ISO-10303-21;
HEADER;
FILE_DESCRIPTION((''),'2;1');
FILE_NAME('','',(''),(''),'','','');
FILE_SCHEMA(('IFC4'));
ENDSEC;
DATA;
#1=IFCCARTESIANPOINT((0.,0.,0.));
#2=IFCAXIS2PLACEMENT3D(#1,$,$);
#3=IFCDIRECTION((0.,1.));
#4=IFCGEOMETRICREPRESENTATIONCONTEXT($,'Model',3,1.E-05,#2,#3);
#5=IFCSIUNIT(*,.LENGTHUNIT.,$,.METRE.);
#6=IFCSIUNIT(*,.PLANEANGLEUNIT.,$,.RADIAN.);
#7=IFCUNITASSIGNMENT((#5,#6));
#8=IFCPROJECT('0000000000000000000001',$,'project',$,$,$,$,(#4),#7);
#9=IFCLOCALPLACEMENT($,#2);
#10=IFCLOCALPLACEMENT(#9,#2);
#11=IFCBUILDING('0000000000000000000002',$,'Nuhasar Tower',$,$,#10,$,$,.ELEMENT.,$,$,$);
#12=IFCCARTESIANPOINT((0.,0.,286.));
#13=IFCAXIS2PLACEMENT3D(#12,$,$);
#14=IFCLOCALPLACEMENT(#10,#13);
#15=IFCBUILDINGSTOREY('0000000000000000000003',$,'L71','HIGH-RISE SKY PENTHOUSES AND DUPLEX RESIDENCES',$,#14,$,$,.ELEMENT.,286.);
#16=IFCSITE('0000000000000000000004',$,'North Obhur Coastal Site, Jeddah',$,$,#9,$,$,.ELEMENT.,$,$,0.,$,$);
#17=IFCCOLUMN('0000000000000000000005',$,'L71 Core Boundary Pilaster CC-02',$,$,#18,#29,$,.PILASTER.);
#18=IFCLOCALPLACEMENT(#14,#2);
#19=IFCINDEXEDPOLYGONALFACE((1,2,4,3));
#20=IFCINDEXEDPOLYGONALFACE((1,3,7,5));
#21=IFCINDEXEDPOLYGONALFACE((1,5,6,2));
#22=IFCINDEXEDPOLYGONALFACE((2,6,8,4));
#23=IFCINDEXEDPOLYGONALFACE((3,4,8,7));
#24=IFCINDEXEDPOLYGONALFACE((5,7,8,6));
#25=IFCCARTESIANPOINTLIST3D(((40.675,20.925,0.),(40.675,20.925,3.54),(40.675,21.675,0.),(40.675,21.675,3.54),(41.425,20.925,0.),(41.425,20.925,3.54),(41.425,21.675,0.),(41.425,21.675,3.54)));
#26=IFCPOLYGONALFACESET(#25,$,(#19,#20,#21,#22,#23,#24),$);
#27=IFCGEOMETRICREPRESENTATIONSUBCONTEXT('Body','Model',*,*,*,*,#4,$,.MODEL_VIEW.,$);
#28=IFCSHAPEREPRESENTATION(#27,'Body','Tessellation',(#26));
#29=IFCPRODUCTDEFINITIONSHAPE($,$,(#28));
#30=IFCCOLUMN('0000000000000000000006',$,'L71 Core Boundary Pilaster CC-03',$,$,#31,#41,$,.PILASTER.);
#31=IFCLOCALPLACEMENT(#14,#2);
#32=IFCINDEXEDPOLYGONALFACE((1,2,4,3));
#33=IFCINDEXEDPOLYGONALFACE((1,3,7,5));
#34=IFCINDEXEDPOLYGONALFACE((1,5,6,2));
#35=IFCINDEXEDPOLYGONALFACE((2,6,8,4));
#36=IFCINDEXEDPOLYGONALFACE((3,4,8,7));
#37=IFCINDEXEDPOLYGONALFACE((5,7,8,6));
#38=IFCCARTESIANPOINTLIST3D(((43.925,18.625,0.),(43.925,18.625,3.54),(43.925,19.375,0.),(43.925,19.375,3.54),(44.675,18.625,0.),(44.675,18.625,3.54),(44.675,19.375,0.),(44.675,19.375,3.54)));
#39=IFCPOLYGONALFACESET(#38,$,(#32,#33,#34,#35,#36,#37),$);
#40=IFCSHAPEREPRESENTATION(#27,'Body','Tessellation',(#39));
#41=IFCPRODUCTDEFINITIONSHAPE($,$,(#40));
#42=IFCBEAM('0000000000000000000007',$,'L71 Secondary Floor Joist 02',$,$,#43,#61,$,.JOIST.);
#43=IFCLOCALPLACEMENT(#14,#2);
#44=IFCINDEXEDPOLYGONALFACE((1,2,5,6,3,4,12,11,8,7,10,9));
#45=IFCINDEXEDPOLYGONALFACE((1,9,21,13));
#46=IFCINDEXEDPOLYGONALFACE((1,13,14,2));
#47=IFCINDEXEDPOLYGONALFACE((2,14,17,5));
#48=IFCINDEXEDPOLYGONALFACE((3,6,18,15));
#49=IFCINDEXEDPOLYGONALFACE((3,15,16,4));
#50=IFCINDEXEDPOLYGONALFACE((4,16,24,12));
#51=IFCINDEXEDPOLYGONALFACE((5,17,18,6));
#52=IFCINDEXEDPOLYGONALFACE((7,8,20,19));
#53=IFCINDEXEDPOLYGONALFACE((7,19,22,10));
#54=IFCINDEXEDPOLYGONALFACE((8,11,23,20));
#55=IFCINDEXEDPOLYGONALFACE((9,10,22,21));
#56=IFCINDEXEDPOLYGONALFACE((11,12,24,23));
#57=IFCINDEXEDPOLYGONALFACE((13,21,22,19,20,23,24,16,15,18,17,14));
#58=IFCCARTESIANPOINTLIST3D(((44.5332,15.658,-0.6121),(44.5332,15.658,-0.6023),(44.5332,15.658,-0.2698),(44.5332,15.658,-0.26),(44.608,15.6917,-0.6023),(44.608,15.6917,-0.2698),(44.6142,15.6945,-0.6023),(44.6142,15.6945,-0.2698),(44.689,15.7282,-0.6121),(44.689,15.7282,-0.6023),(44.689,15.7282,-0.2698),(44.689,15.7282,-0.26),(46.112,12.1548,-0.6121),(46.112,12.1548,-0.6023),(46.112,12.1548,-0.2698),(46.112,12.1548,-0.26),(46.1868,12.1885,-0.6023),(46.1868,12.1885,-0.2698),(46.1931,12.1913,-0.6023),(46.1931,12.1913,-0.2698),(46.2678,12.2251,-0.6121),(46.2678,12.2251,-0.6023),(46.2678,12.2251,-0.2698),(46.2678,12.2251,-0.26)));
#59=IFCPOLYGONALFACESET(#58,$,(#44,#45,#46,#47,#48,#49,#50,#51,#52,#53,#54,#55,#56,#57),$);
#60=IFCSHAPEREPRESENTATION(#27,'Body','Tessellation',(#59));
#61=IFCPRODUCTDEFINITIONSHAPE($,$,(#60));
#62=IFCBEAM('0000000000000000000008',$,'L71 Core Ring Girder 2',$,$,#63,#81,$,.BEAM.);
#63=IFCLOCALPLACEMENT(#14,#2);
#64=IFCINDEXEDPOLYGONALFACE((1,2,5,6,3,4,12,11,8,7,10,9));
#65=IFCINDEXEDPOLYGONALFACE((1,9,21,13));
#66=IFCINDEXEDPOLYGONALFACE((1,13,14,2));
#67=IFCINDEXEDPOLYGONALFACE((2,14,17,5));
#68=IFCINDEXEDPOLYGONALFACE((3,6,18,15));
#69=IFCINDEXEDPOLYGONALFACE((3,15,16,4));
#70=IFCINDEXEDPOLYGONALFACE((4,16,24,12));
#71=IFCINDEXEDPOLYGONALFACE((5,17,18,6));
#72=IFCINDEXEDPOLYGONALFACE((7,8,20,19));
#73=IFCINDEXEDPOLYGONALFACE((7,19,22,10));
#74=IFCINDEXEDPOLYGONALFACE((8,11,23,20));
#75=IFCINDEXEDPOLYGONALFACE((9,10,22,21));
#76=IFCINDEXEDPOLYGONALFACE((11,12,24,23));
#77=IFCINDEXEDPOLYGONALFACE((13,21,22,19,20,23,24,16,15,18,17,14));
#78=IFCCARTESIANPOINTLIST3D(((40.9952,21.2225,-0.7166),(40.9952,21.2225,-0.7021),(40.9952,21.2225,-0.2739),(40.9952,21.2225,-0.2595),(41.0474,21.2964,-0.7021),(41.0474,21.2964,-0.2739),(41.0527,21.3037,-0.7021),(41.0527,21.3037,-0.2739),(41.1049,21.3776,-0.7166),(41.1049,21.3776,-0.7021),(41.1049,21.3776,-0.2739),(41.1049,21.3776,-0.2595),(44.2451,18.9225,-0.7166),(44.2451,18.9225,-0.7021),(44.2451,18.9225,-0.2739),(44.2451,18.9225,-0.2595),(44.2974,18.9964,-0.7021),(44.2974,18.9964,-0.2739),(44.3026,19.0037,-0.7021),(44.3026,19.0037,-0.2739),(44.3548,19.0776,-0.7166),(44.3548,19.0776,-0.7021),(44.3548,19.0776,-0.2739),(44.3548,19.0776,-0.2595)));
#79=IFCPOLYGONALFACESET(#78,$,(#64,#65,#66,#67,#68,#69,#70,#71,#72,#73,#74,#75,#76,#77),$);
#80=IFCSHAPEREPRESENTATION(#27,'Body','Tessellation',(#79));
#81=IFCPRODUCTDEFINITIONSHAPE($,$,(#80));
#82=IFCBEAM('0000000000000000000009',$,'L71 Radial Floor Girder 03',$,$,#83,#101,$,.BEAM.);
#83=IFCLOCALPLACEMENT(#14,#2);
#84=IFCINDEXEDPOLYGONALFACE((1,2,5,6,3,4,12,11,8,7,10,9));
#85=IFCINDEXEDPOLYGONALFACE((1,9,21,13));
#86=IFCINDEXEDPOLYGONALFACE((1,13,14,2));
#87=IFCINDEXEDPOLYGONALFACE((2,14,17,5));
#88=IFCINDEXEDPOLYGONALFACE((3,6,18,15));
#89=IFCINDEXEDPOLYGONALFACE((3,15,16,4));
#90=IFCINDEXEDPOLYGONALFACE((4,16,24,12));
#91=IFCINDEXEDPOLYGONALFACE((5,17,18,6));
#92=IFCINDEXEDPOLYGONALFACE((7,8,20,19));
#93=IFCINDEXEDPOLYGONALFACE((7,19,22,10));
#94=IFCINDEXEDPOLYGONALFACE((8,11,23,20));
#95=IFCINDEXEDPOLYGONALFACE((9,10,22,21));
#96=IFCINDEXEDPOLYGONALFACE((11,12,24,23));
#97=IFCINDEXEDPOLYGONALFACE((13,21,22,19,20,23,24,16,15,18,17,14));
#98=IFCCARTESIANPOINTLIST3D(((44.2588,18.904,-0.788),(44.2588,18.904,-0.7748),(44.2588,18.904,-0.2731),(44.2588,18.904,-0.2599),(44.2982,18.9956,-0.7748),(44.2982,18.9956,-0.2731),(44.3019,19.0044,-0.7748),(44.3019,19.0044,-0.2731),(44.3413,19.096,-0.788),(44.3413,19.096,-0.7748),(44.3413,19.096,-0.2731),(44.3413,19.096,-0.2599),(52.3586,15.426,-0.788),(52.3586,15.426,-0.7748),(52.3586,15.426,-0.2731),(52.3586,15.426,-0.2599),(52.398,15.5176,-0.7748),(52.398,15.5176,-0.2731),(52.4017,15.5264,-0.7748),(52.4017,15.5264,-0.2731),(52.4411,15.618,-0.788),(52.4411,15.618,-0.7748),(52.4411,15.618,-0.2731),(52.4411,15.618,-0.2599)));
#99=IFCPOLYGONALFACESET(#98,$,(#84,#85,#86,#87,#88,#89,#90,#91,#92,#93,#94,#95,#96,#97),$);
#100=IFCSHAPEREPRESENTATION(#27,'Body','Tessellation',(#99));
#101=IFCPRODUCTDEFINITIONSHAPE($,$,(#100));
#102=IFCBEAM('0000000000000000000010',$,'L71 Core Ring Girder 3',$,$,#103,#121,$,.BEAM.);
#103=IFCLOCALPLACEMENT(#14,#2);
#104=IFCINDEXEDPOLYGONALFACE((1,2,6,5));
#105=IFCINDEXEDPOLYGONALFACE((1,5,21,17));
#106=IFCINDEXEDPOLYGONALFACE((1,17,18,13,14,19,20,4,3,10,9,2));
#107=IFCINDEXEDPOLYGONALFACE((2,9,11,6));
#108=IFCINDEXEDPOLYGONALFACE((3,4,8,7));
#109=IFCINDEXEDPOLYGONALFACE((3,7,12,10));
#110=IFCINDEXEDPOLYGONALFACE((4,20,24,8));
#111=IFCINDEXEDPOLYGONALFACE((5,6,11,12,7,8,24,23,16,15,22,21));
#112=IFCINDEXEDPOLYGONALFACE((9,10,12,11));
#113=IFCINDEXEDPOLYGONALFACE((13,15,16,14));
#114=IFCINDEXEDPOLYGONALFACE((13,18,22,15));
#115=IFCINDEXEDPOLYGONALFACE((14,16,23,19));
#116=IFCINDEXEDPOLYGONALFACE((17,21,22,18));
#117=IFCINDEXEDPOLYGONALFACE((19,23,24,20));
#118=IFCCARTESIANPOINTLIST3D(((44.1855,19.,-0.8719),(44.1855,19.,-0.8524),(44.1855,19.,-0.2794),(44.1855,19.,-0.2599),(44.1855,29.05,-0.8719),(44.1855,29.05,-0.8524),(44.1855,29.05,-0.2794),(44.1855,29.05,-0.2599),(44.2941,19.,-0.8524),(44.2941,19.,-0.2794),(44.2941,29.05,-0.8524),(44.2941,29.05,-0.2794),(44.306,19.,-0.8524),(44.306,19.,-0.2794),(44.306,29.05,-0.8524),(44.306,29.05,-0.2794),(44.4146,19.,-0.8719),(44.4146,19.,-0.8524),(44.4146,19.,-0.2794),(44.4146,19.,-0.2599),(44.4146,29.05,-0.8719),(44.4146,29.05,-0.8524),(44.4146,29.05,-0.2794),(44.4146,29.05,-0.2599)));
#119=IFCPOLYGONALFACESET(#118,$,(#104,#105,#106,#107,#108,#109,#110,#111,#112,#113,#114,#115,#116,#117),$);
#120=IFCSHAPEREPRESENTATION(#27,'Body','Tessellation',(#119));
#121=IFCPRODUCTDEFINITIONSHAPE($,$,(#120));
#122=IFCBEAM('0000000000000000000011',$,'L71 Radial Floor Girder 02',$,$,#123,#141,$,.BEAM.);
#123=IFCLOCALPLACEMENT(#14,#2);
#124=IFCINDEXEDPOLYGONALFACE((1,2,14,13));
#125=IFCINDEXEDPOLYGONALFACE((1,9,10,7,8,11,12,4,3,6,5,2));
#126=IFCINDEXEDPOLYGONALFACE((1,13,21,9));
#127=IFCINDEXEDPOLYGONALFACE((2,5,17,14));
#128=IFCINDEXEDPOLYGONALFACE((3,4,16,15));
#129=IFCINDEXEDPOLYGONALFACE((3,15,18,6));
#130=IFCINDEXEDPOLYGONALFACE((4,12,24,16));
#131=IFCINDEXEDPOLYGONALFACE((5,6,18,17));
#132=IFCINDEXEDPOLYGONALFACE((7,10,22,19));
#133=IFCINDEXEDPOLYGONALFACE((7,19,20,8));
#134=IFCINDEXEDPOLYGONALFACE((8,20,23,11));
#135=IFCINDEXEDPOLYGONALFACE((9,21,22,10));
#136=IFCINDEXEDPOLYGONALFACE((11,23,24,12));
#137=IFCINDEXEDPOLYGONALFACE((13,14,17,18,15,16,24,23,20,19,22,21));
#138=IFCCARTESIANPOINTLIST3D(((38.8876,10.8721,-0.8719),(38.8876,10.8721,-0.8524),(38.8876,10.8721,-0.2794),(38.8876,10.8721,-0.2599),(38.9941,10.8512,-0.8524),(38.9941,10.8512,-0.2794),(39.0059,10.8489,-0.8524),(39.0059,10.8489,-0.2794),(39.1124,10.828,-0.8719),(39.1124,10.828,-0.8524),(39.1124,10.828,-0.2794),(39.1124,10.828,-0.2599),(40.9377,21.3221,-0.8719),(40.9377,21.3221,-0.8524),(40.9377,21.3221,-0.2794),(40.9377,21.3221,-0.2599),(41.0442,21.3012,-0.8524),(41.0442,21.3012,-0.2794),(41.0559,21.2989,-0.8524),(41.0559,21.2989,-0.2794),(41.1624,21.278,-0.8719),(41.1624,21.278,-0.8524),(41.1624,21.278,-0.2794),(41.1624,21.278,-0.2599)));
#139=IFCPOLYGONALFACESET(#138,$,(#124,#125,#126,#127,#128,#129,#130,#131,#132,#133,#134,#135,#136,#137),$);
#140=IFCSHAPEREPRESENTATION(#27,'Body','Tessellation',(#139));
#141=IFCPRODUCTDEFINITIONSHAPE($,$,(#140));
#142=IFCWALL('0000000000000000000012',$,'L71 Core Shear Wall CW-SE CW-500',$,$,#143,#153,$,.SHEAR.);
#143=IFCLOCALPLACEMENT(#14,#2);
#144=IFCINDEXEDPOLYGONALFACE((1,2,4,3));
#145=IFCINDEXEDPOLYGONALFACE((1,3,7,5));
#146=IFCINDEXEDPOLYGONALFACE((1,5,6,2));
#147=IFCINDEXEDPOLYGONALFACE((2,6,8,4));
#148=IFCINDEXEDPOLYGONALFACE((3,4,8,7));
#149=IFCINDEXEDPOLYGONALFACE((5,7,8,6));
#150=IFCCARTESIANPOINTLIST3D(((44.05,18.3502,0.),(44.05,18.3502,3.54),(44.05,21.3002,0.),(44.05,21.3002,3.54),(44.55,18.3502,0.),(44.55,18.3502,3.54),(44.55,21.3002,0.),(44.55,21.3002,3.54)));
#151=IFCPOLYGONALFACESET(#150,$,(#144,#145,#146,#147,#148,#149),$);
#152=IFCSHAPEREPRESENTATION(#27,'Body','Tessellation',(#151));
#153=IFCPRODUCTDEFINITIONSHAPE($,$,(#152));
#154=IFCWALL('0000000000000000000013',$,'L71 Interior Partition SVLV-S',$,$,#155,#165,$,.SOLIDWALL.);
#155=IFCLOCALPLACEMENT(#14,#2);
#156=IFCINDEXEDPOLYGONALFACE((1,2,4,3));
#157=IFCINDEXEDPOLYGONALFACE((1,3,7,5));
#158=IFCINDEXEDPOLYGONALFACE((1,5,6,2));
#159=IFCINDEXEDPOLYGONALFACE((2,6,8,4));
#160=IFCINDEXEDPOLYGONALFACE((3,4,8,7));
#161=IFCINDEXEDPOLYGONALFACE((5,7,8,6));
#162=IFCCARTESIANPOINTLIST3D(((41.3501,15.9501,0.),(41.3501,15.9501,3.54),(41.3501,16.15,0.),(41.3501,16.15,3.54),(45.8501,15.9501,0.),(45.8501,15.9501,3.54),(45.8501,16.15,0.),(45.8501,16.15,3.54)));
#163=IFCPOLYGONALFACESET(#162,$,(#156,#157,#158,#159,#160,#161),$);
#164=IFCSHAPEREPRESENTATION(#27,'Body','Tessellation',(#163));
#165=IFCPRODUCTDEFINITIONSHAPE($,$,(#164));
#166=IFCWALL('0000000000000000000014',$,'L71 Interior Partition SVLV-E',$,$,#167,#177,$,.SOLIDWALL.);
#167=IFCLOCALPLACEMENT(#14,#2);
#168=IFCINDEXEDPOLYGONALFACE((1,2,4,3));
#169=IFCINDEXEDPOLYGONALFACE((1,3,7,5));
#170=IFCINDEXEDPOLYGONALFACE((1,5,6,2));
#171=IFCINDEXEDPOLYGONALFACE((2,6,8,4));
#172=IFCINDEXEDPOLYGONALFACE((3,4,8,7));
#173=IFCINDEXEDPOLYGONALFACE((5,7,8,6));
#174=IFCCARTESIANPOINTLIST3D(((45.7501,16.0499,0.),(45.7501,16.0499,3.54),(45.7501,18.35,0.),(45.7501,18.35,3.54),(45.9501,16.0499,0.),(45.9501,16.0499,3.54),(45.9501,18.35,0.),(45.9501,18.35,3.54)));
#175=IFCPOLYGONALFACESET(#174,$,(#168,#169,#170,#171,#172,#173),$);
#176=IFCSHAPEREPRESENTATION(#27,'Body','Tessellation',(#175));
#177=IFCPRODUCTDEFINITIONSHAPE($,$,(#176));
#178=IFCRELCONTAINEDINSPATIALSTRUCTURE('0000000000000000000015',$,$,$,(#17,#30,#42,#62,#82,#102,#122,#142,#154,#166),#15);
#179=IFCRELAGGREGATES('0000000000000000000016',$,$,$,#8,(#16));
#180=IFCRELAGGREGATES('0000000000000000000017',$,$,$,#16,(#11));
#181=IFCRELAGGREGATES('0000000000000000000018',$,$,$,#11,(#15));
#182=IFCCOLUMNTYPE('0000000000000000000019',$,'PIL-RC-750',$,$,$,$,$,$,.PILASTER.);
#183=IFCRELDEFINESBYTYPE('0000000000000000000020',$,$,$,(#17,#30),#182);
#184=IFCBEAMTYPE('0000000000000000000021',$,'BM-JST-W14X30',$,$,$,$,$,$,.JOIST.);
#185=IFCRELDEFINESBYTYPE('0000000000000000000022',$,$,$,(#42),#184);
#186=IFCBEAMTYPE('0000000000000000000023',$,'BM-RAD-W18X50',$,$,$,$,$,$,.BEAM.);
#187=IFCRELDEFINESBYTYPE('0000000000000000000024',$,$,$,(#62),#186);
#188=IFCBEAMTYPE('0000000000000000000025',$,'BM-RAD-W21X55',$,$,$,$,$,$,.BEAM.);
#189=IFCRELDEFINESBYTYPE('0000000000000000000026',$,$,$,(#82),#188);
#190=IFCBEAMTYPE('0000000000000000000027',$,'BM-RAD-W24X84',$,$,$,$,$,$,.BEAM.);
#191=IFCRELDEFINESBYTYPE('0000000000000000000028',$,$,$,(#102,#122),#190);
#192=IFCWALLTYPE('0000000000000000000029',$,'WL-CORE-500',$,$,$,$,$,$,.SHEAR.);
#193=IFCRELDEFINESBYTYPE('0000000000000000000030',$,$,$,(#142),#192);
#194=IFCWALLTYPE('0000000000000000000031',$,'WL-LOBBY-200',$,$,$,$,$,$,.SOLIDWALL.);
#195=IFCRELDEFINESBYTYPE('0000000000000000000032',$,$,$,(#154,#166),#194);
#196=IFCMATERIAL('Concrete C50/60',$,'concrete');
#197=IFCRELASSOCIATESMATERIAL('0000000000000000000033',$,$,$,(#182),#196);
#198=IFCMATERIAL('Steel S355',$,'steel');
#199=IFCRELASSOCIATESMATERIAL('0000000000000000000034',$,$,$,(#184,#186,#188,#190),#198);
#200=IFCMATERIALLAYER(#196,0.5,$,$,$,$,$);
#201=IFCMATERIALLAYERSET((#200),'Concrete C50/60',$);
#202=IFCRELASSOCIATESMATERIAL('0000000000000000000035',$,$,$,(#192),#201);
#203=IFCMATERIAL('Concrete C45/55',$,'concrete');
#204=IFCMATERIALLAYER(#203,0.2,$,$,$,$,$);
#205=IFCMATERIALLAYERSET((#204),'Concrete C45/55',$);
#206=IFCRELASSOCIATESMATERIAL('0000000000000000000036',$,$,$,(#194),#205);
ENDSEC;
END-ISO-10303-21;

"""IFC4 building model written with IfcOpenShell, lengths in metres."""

from ifc_helpers import new_model, si_unit, direction, frame, frame_2d, origin, origin_2d, place, context, subcontext, project, spatial, rectangle, i_section, extrude, material, layer, layer_set, material_profile, profile_set, type_object, element, save


model = new_model("IFC4")

# Units and contexts
model_context = context("Model", 3, precision=1e-05, world=origin(), true_north=direction((0.0, 1.0)))
body_context = subcontext(model_context, "Body", "Model", "MODEL_VIEW")
ifc_project = project(units=[si_unit("LENGTHUNIT", "METRE"), si_unit("PLANEANGLEUNIT", "RADIAN")], contexts=[model_context])

# Site, building, storey
site_placement = place(None, origin())
site = spatial("IfcSite", under=ifc_project, at=site_placement, Name="North Obhur Coastal Site, Jeddah", CompositionType="ELEMENT", RefElevation=0.0)
building_placement = place(site_placement, origin())
building = spatial("IfcBuilding", under=site, at=building_placement, Name="Nuhasar Tower", CompositionType="ELEMENT")
storey_placement = place(building_placement, frame((0.0, 0.0, 286.0)))
storey = spatial("IfcBuildingStorey", under=building, at=storey_placement, Name="L71", Description="HIGH-RISE SKY PENTHOUSES AND DUPLEX RESIDENCES", CompositionType="ELEMENT", Elevation=286.0)

# Columns
ifc_material_1 = material(Name="Concrete C50/60", Category="concrete")
ifc_material_profile_1 = material_profile(ifc_material_1, rectangle(XDim=0.75, YDim=0.75, at=origin_2d()), Name="RC750X750")
ifc_profile_set_1 = profile_set([ifc_material_profile_1], Name="Concrete C50/60")
column_type = type_object("IfcColumnType", Name="PIL-RC-750", PredefinedType="PILASTER", material=ifc_profile_set_1)
for number, where, z_axis, x_axis, name in (
    (1, (41.05, 21.3, 0.0), (0.0, 0.0, 1.0), (1.0, 0.0, 0.0), "L71 Core Boundary Pilaster CC-02"),
    (2, (44.3, 19.0, 0.0), (0.0, 0.0, 1.0), (1.0, 0.0, 0.0), "L71 Core Boundary Pilaster CC-03"),
):
    element("IfcColumn", number, at=place(storey_placement, frame(where, z_axis=z_axis, x_axis=x_axis)), inside=storey, type_object=column_type, Name=name, PredefinedType="PILASTER", context=body_context, shape_type="SweptSolid", body=[
        extrude(rectangle(XDim=0.75, YDim=0.75, at=origin_2d()), origin(), (0.0, 0.0, 1.0), 3.54),
    ])

# Beams
ifc_material_2 = material(Name="Steel S355", Category="steel")
ifc_material_profile_2 = material_profile(ifc_material_2, i_section(OverallWidth=0.1709, OverallDepth=0.3521, WebThickness=0.0068, FlangeThickness=0.0098, at=origin_2d()), Name="W14X30")
ifc_profile_set_2 = profile_set([ifc_material_profile_2], Name="Steel S355")
beam_type_1 = type_object("IfcBeamType", Name="BM-JST-W14X30", PredefinedType="JOIST", material=ifc_profile_set_2)
beam_1_placement = place(storey_placement, frame((44.6111, 15.6931, -0.436), z_axis=(0.41089, -0.911685, 0.0), x_axis=(0.911685, 0.41089, 0.0)))
element("IfcBeam", 3, at=beam_1_placement, inside=storey, type_object=beam_type_1, Name="L71 Secondary Floor Joist 02", PredefinedType="JOIST", context=body_context, shape_type="SweptSolid", body=[
    extrude(i_section(OverallWidth=0.1709, OverallDepth=0.3521, WebThickness=0.0068, FlangeThickness=0.0098, at=origin_2d()), origin(), (0.0, 0.0, 1.0), 3.8425),
])
ifc_material_profile_3 = material_profile(ifc_material_2, i_section(OverallWidth=0.1899, OverallDepth=0.457, WebThickness=0.009, FlangeThickness=0.0144, at=origin_2d()), Name="W18X50")
ifc_profile_set_3 = profile_set([ifc_material_profile_3], Name="Steel S355")
beam_type_2 = type_object("IfcBeamType", Name="BM-RAD-W18X50", PredefinedType="BEAM", material=ifc_profile_set_3)
beam_2_placement = place(storey_placement, frame((41.05, 21.3, -0.488), z_axis=(0.816265, -0.577677, 0.0), x_axis=(0.577677, 0.816265, 0.0)))
element("IfcBeam", 4, at=beam_2_placement, inside=storey, type_object=beam_type_2, Name="L71 Core Ring Girder 2", PredefinedType="BEAM", context=body_context, shape_type="SweptSolid", body=[
    extrude(i_section(OverallWidth=0.1899, OverallDepth=0.457, WebThickness=0.009, FlangeThickness=0.0144, at=origin_2d()), origin(), (0.0, 0.0, 1.0), 3.9814),
])
ifc_material_profile_4 = material_profile(ifc_material_2, i_section(OverallWidth=0.209, OverallDepth=0.5281, WebThickness=0.0095, FlangeThickness=0.0132, at=origin_2d()), Name="W21X55")
ifc_profile_set_4 = profile_set([ifc_material_profile_4], Name="Steel S355")
beam_type_3 = type_object("IfcBeamType", Name="BM-RAD-W21X55", PredefinedType="BEAM", material=ifc_profile_set_4)
beam_3_placement = place(storey_placement, frame((44.3, 19.0, -0.5239), z_axis=(0.918871, -0.394558, 0.0), x_axis=(0.394558, 0.918871, 0.0)))
element("IfcBeam", 5, at=beam_3_placement, inside=storey, type_object=beam_type_3, Name="L71 Radial Floor Girder 03", PredefinedType="BEAM", context=body_context, shape_type="SweptSolid", body=[
    extrude(i_section(OverallWidth=0.209, OverallDepth=0.5281, WebThickness=0.0095, FlangeThickness=0.0132, at=origin_2d()), origin(), (0.0, 0.0, 1.0), 8.8149),
])
ifc_material_profile_5 = material_profile(ifc_material_2, i_section(OverallWidth=0.229, OverallDepth=0.6121, WebThickness=0.012, FlangeThickness=0.0195, at=origin_2d()), Name="W24X84")
ifc_profile_set_5 = profile_set([ifc_material_profile_5], Name="Steel S355")
beam_type_4 = type_object("IfcBeamType", Name="BM-RAD-W24X84", PredefinedType="BEAM", material=ifc_profile_set_5)
beam_4_placement = place(storey_placement, frame((44.3, 19.0, -0.5659), z_axis=(0.0, 1.0, 0.0), x_axis=(-1.0, 0.0, 0.0)))
element("IfcBeam", 6, at=beam_4_placement, inside=storey, type_object=beam_type_4, Name="L71 Core Ring Girder 3", PredefinedType="BEAM", context=body_context, shape_type="SweptSolid", body=[
    extrude(i_section(OverallWidth=0.229, OverallDepth=0.6121, WebThickness=0.012, FlangeThickness=0.0195, at=origin_2d()), origin(), (0.0, 0.0, 1.0), 10.05),
])
beam_5_placement = place(storey_placement, frame((41.05, 21.3, -0.5659), z_axis=(-0.192508, -0.981295, 0.0), x_axis=(0.981295, -0.192508, 0.0)))
element("IfcBeam", 7, at=beam_5_placement, inside=storey, type_object=beam_type_4, Name="L71 Radial Floor Girder 02", PredefinedType="BEAM", context=body_context, shape_type="SweptSolid", body=[
    extrude(i_section(OverallWidth=0.229, OverallDepth=0.6121, WebThickness=0.012, FlangeThickness=0.0195, at=origin_2d()), origin(), (0.0, 0.0, 1.0), 10.6492),
])

# Wall
ifc_layer_1 = layer(ifc_material_1, 0.5)
ifc_layer_set_1 = layer_set([ifc_layer_1], Name="Concrete C50/60")
wall_type_1 = type_object("IfcWallType", Name="WL-CORE-500", PredefinedType="SHEAR", material=ifc_layer_set_1)
wall_1_placement = place(storey_placement, frame((44.3, 18.3501, 0.0), z_axis=(0.0, 0.0, 1.0), x_axis=(0.0, 1.0, 0.0)))
element("IfcWall", 8, at=wall_1_placement, inside=storey, type_object=wall_type_1, Name="L71 Core Shear Wall CW-SE CW-500", PredefinedType="SHEAR", context=body_context, shape_type="SweptSolid", body=[
    extrude(rectangle(XDim=2.95, YDim=0.5, at=frame_2d((1.4751, 0.0))), origin(), (0.0, 0.0, 1.0), 3.54),
])

# Shared definitions
ifc_material_3 = material(Name="Concrete C45/55", Category="concrete")
ifc_layer_2 = layer(ifc_material_3, 0.2)
ifc_layer_set_2 = layer_set([ifc_layer_2], Name="Concrete C45/55")
wall_type_2 = type_object("IfcWallType", Name="WL-LOBBY-200", PredefinedType="SOLIDWALL", material=ifc_layer_set_2)

# Walls
wall_2_placement = place(storey_placement, frame((41.3501, 16.05, 0.0), z_axis=(0.0, 0.0, 1.0), x_axis=(1.0, 0.0, 0.0)))
element("IfcWall", 9, at=wall_2_placement, inside=storey, type_object=wall_type_2, Name="L71 Interior Partition SVLV-S", PredefinedType="SOLIDWALL", context=body_context, shape_type="SweptSolid", body=[
    extrude(rectangle(XDim=4.5, YDim=0.2, at=frame_2d((2.25, 0.0))), origin(), (0.0, 0.0, 1.0), 3.54),
])
wall_3_placement = place(storey_placement, frame((45.8501, 16.05, 0.0), z_axis=(0.0, 0.0, 1.0), x_axis=(0.0, 1.0, 0.0)))
element("IfcWall", 10, at=wall_3_placement, inside=storey, type_object=wall_type_2, Name="L71 Interior Partition SVLV-E", PredefinedType="SOLIDWALL", context=body_context, shape_type="SweptSolid", body=[
    extrude(rectangle(XDim=2.3, YDim=0.2, at=frame_2d((1.1499, 0.0))), origin(), (0.0, 0.0, 1.0), 3.54),
])

save(model, "model.ifc")
